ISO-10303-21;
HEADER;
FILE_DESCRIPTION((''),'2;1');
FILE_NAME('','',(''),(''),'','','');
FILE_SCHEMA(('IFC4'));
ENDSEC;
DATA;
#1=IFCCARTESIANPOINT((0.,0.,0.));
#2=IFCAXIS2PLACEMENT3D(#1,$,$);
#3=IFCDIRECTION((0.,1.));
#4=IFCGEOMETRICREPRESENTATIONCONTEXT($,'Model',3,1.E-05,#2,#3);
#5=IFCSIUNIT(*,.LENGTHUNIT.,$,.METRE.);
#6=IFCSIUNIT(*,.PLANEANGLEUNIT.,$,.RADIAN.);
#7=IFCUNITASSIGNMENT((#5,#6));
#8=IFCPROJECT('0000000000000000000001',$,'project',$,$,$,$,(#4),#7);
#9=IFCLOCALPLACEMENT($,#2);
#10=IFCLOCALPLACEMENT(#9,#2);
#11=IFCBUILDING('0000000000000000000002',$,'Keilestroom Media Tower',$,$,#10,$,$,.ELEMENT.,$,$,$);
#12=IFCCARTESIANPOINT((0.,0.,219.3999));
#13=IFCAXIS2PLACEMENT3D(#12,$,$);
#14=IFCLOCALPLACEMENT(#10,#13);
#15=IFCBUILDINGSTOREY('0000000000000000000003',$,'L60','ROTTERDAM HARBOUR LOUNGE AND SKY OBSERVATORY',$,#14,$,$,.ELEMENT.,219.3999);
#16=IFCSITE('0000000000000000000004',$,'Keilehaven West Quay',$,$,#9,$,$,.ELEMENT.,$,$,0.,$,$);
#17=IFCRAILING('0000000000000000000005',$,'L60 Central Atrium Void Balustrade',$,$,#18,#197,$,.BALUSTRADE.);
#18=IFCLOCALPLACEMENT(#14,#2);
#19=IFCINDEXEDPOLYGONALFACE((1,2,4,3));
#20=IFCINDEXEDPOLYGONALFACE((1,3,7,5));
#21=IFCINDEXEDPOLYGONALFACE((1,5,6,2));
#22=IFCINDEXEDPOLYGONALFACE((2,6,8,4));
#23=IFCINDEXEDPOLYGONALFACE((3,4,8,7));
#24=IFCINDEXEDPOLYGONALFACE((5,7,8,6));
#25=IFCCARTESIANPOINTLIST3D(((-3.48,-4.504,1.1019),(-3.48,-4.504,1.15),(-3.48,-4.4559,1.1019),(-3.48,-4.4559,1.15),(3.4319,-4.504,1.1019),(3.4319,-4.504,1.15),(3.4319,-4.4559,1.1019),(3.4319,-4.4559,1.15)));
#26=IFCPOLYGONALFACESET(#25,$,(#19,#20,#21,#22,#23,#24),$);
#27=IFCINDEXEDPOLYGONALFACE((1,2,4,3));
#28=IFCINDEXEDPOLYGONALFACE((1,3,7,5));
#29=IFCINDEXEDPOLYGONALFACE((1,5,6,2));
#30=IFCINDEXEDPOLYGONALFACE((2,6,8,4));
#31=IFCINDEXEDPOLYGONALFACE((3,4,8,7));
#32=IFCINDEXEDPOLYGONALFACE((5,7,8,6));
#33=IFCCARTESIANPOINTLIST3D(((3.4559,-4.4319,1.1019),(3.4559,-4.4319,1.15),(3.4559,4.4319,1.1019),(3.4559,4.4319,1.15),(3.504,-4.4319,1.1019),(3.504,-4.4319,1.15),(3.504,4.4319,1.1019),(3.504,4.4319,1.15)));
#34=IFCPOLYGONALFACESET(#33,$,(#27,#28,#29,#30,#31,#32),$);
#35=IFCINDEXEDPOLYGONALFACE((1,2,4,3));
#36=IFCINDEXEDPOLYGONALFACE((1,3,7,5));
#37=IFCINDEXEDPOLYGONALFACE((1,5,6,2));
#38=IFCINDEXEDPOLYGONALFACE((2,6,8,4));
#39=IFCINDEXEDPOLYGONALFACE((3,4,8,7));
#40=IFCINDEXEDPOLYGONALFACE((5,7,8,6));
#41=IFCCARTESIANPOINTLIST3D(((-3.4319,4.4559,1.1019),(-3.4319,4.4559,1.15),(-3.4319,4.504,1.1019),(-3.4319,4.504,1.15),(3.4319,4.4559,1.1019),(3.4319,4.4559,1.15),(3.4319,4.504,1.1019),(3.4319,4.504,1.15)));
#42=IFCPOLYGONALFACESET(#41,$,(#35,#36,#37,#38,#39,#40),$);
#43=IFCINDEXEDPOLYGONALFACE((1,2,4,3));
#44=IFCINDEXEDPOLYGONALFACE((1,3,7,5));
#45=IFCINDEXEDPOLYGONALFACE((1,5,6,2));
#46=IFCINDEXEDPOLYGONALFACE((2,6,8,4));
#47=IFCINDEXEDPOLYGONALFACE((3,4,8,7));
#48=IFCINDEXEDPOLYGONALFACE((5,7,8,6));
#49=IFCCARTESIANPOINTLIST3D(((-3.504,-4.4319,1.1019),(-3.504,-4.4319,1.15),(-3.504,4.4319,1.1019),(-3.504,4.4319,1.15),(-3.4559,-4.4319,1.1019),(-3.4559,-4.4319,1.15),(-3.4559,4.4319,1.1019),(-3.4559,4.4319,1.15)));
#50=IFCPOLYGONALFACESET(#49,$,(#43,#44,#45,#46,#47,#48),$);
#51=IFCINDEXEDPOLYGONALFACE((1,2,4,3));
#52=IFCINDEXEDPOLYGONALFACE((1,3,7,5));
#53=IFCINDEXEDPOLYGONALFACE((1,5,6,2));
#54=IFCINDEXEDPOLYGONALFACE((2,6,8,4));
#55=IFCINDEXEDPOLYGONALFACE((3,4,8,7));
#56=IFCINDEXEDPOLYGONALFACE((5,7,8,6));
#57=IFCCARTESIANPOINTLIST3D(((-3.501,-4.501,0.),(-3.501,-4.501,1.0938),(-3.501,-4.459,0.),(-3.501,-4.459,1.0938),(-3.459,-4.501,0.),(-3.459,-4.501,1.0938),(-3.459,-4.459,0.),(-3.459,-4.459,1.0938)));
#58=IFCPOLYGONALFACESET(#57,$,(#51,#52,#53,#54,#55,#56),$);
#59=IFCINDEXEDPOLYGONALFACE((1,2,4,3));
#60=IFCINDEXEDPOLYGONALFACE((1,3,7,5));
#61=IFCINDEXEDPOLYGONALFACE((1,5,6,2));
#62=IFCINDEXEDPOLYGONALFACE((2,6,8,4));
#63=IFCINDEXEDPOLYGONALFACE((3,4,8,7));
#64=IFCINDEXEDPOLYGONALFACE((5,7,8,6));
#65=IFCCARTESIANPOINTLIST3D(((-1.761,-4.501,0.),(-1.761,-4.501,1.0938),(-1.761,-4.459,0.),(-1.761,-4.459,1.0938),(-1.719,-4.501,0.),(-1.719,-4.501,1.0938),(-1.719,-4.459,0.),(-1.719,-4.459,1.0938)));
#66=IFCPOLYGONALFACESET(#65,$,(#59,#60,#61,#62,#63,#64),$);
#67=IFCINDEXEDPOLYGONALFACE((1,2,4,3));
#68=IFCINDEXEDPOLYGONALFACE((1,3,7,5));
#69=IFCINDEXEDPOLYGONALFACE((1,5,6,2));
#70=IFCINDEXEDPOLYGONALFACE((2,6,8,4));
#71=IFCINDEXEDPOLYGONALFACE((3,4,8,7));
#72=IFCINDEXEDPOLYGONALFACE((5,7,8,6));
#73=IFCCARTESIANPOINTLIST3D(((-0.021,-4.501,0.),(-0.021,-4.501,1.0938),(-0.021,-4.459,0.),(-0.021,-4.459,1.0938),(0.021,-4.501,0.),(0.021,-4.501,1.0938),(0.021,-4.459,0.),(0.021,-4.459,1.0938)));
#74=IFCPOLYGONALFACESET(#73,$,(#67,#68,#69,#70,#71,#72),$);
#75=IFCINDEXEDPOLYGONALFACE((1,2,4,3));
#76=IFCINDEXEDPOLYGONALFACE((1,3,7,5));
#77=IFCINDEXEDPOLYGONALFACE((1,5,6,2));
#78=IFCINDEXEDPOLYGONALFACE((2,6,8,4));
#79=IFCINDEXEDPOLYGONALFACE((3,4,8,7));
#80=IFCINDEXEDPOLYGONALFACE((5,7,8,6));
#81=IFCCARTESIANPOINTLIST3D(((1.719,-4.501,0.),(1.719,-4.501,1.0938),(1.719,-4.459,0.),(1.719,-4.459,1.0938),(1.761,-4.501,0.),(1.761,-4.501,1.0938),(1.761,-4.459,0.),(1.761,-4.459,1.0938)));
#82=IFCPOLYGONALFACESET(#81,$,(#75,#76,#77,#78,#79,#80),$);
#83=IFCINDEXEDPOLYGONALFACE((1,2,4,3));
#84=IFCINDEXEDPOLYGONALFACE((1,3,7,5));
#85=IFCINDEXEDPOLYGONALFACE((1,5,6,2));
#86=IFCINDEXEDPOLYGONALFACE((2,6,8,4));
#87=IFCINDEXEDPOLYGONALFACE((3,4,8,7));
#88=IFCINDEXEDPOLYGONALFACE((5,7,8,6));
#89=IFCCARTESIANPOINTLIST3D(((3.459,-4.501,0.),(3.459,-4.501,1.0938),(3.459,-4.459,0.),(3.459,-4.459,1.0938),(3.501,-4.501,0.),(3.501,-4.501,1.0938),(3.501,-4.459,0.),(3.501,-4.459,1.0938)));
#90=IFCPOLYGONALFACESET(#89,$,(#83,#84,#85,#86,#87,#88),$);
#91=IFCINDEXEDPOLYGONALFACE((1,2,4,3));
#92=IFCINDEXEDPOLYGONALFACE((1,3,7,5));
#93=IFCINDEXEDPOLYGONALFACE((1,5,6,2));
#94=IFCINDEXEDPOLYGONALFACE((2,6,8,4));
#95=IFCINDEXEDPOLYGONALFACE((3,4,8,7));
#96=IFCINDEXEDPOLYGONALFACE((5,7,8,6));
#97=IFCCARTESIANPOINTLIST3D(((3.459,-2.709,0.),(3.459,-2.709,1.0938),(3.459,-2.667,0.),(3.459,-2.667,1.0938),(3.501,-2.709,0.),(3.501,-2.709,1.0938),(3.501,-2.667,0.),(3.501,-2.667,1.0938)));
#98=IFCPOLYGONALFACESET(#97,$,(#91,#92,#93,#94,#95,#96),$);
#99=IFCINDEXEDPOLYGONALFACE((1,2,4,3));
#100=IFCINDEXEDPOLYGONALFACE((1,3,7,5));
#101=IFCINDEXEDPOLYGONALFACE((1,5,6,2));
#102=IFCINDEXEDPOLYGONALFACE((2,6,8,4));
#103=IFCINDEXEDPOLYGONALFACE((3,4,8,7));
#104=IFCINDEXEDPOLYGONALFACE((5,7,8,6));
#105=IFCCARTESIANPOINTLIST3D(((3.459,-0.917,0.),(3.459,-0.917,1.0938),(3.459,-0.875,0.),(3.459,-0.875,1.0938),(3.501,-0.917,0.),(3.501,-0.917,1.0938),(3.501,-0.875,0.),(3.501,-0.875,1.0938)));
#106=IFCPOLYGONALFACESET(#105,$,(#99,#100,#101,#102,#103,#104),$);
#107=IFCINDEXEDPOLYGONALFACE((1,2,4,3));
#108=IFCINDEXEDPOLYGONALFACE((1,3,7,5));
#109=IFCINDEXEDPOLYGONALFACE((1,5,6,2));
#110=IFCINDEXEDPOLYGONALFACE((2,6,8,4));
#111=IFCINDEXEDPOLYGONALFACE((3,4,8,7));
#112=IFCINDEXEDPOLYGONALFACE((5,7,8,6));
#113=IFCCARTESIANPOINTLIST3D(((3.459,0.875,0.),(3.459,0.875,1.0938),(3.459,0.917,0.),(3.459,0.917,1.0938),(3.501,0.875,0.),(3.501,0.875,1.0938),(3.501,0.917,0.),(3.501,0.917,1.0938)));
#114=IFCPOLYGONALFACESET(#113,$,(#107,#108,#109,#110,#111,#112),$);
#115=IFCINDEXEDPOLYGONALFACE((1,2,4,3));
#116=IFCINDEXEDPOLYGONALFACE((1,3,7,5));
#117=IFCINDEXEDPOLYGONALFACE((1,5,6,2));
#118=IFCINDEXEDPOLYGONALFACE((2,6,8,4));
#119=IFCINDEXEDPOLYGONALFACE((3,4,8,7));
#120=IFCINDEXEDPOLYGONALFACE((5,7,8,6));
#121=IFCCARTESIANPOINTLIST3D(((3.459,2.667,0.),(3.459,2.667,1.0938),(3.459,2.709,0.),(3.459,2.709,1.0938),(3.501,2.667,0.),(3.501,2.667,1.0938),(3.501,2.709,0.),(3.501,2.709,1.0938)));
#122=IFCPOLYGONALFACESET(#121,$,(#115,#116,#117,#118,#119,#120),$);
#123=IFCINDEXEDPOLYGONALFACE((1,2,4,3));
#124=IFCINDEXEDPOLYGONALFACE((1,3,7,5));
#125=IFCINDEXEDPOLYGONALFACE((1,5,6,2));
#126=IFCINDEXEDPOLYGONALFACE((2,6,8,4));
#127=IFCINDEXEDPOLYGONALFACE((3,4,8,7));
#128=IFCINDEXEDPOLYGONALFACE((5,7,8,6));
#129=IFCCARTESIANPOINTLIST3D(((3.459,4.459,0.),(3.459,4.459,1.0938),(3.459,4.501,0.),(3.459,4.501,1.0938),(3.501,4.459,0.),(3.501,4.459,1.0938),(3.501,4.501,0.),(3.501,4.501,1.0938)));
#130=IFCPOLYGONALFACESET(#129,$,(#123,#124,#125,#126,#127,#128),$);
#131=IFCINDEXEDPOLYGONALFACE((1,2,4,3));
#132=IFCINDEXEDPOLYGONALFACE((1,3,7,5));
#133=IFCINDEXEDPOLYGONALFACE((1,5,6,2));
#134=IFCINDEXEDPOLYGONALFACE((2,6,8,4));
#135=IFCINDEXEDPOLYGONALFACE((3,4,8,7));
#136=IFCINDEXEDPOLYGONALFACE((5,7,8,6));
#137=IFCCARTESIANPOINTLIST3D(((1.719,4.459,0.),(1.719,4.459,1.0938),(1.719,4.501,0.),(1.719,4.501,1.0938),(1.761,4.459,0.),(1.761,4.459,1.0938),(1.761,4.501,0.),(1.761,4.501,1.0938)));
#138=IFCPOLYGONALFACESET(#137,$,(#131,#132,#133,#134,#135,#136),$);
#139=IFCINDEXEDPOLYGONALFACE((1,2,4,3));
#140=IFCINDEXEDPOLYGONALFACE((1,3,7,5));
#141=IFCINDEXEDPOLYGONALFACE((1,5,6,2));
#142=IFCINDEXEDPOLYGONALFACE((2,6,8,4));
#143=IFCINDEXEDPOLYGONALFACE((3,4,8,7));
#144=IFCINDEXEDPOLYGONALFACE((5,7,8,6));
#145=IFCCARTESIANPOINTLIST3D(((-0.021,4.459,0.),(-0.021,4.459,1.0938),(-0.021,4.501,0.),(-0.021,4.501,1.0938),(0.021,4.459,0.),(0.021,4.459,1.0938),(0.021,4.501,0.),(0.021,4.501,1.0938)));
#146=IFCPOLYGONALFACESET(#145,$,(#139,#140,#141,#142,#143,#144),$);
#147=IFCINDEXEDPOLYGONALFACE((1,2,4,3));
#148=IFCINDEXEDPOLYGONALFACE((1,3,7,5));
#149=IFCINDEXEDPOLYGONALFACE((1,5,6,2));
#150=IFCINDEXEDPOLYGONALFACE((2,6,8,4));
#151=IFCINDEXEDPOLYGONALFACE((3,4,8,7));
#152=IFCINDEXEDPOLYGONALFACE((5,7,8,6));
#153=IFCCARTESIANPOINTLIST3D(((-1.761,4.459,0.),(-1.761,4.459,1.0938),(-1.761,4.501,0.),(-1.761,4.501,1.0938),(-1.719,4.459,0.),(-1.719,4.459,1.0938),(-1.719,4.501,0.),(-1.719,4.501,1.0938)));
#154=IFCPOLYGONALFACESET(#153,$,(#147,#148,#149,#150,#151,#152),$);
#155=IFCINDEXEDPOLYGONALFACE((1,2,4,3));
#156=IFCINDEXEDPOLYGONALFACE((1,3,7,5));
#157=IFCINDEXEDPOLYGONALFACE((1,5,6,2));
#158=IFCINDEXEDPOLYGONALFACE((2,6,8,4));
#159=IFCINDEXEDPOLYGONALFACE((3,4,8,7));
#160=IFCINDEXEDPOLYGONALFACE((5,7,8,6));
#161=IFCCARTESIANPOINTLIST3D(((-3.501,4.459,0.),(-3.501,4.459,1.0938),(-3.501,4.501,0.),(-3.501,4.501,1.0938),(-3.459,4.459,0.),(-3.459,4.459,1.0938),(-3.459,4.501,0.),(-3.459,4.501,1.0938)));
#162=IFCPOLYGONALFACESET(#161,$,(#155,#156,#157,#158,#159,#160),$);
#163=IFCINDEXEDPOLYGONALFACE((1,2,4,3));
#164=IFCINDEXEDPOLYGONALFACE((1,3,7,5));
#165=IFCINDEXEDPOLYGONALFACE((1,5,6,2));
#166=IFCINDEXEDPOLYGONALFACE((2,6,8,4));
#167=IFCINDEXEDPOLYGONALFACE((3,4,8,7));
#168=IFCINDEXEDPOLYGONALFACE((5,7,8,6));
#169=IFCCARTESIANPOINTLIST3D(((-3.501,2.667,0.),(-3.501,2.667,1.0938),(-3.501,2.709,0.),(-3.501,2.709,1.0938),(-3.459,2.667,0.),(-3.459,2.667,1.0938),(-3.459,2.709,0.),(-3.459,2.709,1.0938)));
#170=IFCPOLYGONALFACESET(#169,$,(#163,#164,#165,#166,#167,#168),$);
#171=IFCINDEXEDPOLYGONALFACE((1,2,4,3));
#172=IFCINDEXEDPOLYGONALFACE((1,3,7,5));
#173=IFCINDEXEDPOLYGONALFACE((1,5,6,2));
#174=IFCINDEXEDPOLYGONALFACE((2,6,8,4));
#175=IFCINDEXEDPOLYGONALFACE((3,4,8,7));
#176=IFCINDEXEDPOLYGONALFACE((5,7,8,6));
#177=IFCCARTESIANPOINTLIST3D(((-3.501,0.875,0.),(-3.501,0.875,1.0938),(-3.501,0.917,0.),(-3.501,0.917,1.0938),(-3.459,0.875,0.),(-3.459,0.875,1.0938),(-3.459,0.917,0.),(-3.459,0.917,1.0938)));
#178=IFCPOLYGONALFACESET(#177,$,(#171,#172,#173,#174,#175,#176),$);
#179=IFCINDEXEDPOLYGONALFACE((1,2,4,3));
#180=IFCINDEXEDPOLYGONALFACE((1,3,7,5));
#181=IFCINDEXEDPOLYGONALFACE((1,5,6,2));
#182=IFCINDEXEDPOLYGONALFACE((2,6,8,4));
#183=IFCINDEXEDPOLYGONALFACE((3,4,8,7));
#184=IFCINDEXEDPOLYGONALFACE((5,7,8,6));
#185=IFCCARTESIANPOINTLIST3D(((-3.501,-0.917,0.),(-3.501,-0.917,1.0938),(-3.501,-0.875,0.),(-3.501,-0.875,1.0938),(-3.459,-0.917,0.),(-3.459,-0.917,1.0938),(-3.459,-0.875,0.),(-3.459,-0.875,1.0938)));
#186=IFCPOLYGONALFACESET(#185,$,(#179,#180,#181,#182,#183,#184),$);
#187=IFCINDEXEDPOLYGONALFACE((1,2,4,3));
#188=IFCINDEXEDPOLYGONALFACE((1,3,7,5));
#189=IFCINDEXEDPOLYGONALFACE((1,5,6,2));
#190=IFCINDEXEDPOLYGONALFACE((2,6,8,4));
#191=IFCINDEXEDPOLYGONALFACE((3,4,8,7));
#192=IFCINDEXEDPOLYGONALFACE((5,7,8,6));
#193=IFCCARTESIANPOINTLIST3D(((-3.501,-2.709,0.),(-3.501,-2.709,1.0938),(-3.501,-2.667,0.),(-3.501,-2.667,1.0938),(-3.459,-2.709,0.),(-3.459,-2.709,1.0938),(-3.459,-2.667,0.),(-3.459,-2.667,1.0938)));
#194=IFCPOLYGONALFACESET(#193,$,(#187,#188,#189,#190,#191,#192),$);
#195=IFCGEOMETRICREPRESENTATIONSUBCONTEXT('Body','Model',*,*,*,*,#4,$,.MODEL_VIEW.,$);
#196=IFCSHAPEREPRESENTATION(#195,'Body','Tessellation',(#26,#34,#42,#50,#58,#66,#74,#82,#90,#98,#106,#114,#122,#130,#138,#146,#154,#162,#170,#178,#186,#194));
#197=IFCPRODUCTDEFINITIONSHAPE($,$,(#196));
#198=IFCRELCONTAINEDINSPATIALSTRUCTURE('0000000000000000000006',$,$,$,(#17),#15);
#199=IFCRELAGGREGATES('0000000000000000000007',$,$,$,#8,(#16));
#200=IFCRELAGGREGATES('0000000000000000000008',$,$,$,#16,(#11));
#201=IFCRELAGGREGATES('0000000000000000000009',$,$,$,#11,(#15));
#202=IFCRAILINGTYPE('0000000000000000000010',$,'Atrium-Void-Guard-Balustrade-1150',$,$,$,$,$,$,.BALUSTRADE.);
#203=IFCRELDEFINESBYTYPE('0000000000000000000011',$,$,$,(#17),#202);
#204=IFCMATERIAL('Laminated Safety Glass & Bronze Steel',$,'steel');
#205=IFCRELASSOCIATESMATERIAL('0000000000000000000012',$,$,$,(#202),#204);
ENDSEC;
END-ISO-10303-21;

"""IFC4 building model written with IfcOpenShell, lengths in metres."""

from ifc_helpers import new_model, si_unit, direction, frame, origin, origin_2d, place, context, subcontext, project, spatial, rectangle, extrude, material, type_object, element, save


model = new_model("IFC4")

# Units and contexts
model_context = context("Model", 3, precision=1e-05, world=origin(), true_north=direction((0.0, 1.0)))
body_context = subcontext(model_context, "Body", "Model", "MODEL_VIEW")
ifc_project = project(units=[si_unit("LENGTHUNIT", "METRE"), si_unit("PLANEANGLEUNIT", "RADIAN")], contexts=[model_context])

# Site, building, storey
site_placement = place(None, origin())
site = spatial("IfcSite", under=ifc_project, at=site_placement, Name="Keilehaven West Quay", CompositionType="ELEMENT", RefElevation=0.0)
building_placement = place(site_placement, origin())
building = spatial("IfcBuilding", under=site, at=building_placement, Name="Keilestroom Media Tower", CompositionType="ELEMENT")
storey_placement = place(building_placement, frame((0.0, 0.0, 219.3999)))
storey = spatial("IfcBuildingStorey", under=building, at=storey_placement, Name="L60", Description="ROTTERDAM HARBOUR LOUNGE AND SKY OBSERVATORY", CompositionType="ELEMENT", Elevation=219.3999)

# Railing
ifc_material_1 = material(Name="Laminated Safety Glass & Bronze Steel", Category="steel")
railing_type = type_object("IfcRailingType", Name="Atrium-Void-Guard-Balustrade-1150", PredefinedType="BALUSTRADE", material=ifc_material_1)
railing_placement = place(storey_placement, frame((-3.48, -4.48, 0.0)))
element("IfcRailing", 1, at=railing_placement, inside=storey, type_object=railing_type, Name="L60 Central Atrium Void Balustrade", PredefinedType="BALUSTRADE", context=body_context, shape_type="SweptSolid", body=[
    extrude(rectangle(XDim=0.0481, YDim=0.0481, at=origin_2d()), frame((0.0, 0.0, 1.126), z_axis=(1.0, 0.0, 0.0), x_axis=(0.0, 1.0, 0.0)), (0.0, 0.0, 1.0), 6.9119),
    extrude(rectangle(XDim=0.0481, YDim=0.0481, at=origin_2d()), frame((6.96, 0.0481, 1.126), z_axis=(0.0, 1.0, 0.0), x_axis=(-1.0, 0.0, 0.0)), (0.0, 0.0, 1.0), 8.8638),
    extrude(rectangle(XDim=0.0481, YDim=0.0481, at=origin_2d()), frame((6.9119, 8.96, 1.126), z_axis=(-1.0, 0.0, 0.0), x_axis=(0.0, -1.0, 0.0)), (0.0, 0.0, 1.0), 6.8638),
    extrude(rectangle(XDim=0.0481, YDim=0.0481, at=origin_2d()), frame((0.0, 8.9119, 1.126), z_axis=(0.0, -1.0, 0.0), x_axis=(1.0, 0.0, 0.0)), (0.0, 0.0, 1.0), 8.8638),
    extrude(rectangle(XDim=0.042, YDim=0.042, at=origin_2d()), origin(), (0.0, 0.0, 1.0), 1.0938),
    extrude(rectangle(XDim=0.042, YDim=0.042, at=origin_2d()), frame((1.74, 0.0, 0.0)), (0.0, 0.0, 1.0), 1.0938),
    extrude(rectangle(XDim=0.042, YDim=0.042, at=origin_2d()), frame((3.48, 0.0, 0.0)), (0.0, 0.0, 1.0), 1.0938),
    extrude(rectangle(XDim=0.042, YDim=0.042, at=origin_2d()), frame((5.22, 0.0, 0.0)), (0.0, 0.0, 1.0), 1.0938),
    extrude(rectangle(XDim=0.042, YDim=0.042, at=origin_2d()), frame((6.96, 0.0, 0.0)), (0.0, 0.0, 1.0), 1.0938),
    extrude(rectangle(XDim=0.042, YDim=0.042, at=origin_2d()), frame((6.96, 1.792, 0.0)), (0.0, 0.0, 1.0), 1.0938),
    extrude(rectangle(XDim=0.042, YDim=0.042, at=origin_2d()), frame((6.96, 3.584, 0.0)), (0.0, 0.0, 1.0), 1.0938),
    extrude(rectangle(XDim=0.042, YDim=0.042, at=origin_2d()), frame((6.96, 5.376, 0.0)), (0.0, 0.0, 1.0), 1.0938),
    extrude(rectangle(XDim=0.042, YDim=0.042, at=origin_2d()), frame((6.96, 7.168, 0.0)), (0.0, 0.0, 1.0), 1.0938),
    extrude(rectangle(XDim=0.042, YDim=0.042, at=origin_2d()), frame((6.96, 8.96, 0.0)), (0.0, 0.0, 1.0), 1.0938),
    extrude(rectangle(XDim=0.042, YDim=0.042, at=origin_2d()), frame((5.22, 8.96, 0.0)), (0.0, 0.0, 1.0), 1.0938),
    extrude(rectangle(XDim=0.042, YDim=0.042, at=origin_2d()), frame((3.48, 8.96, 0.0)), (0.0, 0.0, 1.0), 1.0938),
    extrude(rectangle(XDim=0.042, YDim=0.042, at=origin_2d()), frame((1.74, 8.96, 0.0)), (0.0, 0.0, 1.0), 1.0938),
    extrude(rectangle(XDim=0.042, YDim=0.042, at=origin_2d()), frame((0.0, 8.96, 0.0)), (0.0, 0.0, 1.0), 1.0938),
    extrude(rectangle(XDim=0.042, YDim=0.042, at=origin_2d()), frame((0.0, 7.168, 0.0)), (0.0, 0.0, 1.0), 1.0938),
    extrude(rectangle(XDim=0.042, YDim=0.042, at=origin_2d()), frame((0.0, 5.376, 0.0)), (0.0, 0.0, 1.0), 1.0938),
    extrude(rectangle(XDim=0.042, YDim=0.042, at=origin_2d()), frame((0.0, 3.584, 0.0)), (0.0, 0.0, 1.0), 1.0938),
    extrude(rectangle(XDim=0.042, YDim=0.042, at=origin_2d()), frame((0.0, 1.792, 0.0)), (0.0, 0.0, 1.0), 1.0938),
])

save(model, "model.ifc")
